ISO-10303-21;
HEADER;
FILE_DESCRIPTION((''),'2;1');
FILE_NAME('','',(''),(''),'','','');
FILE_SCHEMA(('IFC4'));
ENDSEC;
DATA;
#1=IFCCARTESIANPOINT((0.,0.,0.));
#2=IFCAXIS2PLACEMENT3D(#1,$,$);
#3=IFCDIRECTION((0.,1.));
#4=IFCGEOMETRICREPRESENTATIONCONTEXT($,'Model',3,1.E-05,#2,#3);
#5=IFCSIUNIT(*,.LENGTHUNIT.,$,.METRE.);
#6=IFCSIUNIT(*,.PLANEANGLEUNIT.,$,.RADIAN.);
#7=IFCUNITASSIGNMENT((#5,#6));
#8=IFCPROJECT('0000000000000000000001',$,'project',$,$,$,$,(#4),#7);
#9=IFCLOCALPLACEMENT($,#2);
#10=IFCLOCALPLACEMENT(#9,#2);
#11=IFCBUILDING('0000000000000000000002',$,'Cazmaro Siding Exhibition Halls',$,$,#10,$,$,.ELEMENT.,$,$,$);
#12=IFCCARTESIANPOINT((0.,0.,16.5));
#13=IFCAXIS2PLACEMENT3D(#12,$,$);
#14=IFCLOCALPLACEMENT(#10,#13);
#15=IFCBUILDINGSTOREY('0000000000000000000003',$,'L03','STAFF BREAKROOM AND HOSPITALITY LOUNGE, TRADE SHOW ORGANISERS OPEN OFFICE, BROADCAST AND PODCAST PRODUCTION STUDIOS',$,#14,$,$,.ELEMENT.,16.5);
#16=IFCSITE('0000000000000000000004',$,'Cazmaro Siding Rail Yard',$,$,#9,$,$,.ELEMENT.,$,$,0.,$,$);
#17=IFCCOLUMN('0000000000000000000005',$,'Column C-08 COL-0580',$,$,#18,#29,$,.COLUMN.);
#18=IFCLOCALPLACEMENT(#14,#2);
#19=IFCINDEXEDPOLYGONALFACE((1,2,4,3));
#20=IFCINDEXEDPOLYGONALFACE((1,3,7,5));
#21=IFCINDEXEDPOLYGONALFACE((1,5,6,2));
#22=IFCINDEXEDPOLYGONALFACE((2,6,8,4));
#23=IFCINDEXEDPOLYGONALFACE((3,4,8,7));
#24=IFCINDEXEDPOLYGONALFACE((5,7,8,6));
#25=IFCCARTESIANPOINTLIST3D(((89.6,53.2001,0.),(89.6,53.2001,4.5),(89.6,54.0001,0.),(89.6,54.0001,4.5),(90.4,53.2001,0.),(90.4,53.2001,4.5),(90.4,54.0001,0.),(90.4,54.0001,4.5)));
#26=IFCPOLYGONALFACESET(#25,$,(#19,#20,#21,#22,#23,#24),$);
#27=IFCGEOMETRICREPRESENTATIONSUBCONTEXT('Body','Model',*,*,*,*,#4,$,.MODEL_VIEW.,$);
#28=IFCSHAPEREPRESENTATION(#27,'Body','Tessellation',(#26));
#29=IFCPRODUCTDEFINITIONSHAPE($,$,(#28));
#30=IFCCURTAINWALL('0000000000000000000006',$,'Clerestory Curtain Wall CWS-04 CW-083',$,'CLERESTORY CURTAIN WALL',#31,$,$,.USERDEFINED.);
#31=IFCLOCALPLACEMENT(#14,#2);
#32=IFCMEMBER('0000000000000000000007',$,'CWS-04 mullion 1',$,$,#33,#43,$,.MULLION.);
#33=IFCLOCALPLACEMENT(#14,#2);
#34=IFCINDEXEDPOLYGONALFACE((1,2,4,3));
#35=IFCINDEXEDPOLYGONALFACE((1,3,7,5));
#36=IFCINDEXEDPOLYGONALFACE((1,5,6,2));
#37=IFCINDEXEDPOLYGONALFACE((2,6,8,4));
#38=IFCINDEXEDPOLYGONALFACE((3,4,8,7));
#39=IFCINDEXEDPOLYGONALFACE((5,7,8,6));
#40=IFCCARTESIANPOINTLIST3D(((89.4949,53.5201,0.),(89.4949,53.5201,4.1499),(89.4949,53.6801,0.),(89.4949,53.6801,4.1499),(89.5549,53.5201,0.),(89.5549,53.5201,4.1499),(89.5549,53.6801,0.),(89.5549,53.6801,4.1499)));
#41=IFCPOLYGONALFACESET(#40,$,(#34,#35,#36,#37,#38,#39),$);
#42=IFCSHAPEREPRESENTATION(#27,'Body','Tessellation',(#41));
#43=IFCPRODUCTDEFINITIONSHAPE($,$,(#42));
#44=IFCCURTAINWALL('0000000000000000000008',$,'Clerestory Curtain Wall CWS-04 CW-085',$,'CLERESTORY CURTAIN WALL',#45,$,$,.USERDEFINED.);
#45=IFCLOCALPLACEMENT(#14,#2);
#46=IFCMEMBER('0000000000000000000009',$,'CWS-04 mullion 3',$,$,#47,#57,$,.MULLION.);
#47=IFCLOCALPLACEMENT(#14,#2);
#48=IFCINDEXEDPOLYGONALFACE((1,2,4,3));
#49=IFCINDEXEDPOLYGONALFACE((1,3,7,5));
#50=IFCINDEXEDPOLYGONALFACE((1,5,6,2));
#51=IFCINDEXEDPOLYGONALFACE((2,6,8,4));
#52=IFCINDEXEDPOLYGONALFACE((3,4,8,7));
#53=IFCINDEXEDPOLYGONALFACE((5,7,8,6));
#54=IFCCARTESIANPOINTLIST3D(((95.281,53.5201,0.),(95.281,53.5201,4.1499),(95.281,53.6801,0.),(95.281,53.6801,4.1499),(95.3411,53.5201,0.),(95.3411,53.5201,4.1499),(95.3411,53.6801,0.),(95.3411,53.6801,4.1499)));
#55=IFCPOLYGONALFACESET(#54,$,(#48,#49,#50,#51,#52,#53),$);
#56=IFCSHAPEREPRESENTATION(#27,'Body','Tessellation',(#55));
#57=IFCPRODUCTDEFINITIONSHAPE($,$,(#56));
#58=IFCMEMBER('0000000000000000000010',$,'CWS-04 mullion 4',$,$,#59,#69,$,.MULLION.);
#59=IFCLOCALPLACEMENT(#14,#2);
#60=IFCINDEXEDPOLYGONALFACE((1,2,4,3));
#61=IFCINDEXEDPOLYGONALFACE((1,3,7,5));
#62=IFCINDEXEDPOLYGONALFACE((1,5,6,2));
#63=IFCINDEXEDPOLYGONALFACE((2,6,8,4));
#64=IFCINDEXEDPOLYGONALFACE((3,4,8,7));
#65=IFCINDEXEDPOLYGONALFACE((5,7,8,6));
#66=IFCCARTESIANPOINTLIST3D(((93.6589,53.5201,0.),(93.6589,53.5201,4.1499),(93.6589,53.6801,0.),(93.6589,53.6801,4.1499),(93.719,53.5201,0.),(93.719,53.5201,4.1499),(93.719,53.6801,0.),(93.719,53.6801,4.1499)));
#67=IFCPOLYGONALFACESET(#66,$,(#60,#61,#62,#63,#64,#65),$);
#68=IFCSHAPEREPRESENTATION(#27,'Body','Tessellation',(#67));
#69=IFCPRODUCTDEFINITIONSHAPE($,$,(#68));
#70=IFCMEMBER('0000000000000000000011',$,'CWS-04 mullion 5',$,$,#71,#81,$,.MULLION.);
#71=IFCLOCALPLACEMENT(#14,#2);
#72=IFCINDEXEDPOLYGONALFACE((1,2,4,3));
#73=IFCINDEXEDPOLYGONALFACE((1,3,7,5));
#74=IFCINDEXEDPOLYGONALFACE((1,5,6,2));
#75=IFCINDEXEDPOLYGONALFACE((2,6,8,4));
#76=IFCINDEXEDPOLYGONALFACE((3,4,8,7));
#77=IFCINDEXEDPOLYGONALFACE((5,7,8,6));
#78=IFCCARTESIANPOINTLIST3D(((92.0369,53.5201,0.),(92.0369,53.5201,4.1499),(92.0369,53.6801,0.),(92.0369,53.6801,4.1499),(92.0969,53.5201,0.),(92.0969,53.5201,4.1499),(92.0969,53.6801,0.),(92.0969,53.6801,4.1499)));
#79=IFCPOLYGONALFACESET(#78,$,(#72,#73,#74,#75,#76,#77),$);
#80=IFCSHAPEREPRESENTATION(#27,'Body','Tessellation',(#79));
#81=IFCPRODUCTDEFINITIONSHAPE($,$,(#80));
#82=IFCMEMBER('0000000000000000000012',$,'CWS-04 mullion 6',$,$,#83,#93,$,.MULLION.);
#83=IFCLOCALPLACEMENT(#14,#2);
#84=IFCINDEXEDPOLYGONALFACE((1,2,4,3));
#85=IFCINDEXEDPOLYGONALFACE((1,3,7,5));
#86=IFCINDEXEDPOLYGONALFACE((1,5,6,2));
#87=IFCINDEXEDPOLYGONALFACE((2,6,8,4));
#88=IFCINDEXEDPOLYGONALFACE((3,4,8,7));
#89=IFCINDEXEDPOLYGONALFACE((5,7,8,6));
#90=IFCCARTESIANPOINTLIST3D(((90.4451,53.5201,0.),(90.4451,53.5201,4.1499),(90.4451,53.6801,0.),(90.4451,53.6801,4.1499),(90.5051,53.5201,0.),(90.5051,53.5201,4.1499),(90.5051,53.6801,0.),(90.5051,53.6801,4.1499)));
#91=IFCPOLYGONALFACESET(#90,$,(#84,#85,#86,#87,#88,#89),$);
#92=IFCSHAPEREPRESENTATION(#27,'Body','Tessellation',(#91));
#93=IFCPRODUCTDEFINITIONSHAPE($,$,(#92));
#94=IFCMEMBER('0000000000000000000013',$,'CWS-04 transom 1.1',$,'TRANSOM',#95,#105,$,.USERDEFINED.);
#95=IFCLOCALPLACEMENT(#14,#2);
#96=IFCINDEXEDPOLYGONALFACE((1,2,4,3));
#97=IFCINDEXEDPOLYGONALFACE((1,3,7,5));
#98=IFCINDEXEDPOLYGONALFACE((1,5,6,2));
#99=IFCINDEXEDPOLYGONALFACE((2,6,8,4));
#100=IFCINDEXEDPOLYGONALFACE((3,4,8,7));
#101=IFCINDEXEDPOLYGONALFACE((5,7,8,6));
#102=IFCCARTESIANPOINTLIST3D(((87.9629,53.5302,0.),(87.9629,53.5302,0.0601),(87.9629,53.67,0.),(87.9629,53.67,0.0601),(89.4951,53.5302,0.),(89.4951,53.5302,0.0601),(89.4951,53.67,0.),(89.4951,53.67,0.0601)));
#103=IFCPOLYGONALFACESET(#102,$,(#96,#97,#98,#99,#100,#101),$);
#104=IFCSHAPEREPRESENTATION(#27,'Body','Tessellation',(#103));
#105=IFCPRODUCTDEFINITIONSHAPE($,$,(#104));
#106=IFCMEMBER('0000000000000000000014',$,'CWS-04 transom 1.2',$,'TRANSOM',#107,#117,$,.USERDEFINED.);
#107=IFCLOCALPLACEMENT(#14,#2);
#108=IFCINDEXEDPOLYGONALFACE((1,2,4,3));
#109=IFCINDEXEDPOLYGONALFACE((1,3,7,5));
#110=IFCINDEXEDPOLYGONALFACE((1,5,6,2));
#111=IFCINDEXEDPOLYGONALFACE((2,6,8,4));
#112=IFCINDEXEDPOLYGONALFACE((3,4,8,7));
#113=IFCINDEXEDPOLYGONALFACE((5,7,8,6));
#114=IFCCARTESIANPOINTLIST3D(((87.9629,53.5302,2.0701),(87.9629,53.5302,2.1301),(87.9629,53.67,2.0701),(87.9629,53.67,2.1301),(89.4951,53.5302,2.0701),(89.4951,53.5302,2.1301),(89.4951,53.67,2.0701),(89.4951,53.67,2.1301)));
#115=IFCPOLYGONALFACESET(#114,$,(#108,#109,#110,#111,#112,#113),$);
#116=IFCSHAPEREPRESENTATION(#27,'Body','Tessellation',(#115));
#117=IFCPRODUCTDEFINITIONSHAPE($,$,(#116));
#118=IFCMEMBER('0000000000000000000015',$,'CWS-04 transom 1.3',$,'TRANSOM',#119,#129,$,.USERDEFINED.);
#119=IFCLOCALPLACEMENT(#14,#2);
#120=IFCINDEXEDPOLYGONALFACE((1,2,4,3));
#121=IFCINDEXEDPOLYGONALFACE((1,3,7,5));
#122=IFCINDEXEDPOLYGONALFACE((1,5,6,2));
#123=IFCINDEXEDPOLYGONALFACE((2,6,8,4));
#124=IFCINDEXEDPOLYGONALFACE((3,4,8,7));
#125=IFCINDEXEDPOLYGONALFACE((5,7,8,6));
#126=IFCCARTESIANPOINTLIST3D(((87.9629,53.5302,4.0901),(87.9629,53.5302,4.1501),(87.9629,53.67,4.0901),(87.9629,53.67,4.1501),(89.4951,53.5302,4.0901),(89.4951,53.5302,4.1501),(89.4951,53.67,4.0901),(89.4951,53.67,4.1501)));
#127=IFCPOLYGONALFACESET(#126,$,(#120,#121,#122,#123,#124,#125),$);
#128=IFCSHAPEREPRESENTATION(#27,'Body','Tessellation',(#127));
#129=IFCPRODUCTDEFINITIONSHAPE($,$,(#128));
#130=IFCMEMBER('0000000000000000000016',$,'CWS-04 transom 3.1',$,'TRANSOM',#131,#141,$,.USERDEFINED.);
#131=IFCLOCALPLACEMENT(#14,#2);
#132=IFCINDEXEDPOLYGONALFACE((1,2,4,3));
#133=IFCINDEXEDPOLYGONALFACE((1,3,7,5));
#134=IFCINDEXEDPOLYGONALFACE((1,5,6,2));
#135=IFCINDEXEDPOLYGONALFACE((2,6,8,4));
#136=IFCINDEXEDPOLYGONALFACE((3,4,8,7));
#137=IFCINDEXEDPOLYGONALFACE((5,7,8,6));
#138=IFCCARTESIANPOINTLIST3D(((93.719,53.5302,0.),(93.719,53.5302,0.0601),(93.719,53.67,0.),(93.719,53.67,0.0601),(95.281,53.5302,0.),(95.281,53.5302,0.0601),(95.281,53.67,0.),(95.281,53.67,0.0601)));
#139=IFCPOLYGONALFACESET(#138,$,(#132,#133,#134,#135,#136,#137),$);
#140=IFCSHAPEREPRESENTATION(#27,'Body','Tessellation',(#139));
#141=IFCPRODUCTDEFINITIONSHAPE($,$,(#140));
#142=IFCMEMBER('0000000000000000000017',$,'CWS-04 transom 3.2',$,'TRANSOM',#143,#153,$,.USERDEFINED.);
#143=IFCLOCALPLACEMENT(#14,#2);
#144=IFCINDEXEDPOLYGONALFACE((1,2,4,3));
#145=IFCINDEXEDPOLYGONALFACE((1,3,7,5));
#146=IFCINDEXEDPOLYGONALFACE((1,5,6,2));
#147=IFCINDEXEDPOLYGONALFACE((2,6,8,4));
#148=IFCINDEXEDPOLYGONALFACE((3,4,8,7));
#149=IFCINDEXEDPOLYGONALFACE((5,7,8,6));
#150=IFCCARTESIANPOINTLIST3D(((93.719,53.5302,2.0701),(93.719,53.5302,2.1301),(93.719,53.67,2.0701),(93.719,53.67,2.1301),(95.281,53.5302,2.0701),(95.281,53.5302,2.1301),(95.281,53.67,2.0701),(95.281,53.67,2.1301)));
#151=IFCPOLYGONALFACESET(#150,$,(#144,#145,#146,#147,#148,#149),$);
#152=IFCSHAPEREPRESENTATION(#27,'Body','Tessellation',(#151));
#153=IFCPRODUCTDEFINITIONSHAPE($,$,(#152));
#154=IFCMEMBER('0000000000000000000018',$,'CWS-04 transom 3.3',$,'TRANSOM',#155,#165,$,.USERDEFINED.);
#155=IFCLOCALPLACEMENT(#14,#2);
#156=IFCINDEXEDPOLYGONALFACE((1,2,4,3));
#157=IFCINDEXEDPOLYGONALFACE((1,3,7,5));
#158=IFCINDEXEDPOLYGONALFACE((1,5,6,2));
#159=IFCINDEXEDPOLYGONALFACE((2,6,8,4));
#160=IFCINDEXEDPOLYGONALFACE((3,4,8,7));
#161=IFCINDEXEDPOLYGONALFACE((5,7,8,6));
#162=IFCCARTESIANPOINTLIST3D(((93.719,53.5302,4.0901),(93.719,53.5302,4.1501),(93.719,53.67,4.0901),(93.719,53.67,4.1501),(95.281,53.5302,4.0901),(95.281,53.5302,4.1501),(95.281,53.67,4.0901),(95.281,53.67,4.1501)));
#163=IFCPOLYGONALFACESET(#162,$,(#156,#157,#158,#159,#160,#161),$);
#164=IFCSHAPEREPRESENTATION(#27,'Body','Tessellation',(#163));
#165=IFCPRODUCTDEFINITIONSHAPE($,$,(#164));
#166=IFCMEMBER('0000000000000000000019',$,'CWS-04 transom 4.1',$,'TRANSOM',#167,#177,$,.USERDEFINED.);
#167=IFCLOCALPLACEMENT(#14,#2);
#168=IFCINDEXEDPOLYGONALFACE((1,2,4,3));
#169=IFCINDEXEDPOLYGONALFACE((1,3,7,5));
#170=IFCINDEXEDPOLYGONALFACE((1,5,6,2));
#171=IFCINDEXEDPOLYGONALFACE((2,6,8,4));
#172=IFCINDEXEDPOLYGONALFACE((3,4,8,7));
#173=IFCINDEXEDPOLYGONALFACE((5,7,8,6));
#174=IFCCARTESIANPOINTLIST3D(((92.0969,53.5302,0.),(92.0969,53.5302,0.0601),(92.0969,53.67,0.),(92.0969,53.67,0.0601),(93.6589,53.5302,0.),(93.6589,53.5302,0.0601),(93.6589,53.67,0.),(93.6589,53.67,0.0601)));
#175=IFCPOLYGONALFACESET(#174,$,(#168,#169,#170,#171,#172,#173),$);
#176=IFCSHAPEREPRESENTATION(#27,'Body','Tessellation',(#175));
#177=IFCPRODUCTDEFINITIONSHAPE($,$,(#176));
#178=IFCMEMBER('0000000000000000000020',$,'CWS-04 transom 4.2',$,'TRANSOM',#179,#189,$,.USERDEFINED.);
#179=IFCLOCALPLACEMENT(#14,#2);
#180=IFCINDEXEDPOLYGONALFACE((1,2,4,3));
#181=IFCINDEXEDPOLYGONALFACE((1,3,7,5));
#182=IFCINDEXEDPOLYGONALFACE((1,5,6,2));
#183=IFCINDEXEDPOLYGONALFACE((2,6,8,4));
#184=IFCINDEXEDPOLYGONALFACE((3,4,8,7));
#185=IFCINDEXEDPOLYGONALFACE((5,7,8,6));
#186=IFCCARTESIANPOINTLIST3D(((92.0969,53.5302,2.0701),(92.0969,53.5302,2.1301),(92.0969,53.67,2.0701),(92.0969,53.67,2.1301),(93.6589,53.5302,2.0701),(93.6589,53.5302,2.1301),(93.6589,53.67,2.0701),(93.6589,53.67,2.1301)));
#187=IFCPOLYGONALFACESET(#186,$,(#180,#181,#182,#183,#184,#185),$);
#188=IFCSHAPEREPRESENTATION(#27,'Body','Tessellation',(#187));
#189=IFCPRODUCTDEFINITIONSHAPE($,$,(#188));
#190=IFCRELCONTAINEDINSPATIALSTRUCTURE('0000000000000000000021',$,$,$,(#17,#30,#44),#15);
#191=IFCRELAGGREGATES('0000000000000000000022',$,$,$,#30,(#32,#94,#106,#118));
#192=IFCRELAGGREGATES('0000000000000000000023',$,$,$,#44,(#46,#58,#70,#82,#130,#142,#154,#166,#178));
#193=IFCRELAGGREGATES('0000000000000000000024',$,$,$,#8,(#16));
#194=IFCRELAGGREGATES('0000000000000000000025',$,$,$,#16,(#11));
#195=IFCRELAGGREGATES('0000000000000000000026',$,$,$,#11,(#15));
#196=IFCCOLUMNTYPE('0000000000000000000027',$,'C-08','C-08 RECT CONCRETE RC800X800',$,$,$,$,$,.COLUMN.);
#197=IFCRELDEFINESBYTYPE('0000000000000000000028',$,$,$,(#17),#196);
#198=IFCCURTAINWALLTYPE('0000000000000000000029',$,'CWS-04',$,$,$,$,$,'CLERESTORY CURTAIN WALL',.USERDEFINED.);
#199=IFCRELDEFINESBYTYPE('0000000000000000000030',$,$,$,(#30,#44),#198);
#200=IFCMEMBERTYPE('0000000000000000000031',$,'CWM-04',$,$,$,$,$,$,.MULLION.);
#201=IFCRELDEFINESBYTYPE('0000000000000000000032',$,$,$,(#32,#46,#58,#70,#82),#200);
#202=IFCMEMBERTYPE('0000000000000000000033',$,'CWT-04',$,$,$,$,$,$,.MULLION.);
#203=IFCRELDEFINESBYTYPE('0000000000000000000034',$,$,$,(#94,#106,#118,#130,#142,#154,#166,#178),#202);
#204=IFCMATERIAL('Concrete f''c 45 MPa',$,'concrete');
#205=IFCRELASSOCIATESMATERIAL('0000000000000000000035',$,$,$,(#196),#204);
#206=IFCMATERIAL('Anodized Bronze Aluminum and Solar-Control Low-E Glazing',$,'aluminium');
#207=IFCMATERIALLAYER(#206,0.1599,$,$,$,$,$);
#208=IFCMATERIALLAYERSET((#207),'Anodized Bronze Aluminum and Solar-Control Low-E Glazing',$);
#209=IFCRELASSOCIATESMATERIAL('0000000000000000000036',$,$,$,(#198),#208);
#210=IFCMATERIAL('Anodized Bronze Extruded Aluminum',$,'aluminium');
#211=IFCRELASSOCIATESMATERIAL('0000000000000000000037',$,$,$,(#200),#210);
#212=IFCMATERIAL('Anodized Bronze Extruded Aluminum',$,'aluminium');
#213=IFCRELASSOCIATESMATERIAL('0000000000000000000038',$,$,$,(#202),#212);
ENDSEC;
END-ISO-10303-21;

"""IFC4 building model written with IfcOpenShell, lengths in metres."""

from ifc_helpers import new_model, si_unit, direction, frame, origin, origin_2d, place, context, subcontext, project, spatial, rectangle, extrude, material, layer, layer_set, material_profile, profile_set, type_object, element, aggregate, save


model = new_model("IFC4")

# Units and contexts
model_context = context("Model", 3, precision=1e-05, world=origin(), true_north=direction((0.0, 1.0)))
body_context = subcontext(model_context, "Body", "Model", "MODEL_VIEW")
ifc_project = project(units=[si_unit("LENGTHUNIT", "METRE"), si_unit("PLANEANGLEUNIT", "RADIAN")], contexts=[model_context])

# Site, building, storey
site_placement = place(None, origin())
site = spatial("IfcSite", under=ifc_project, at=site_placement, Name="Cazmaro Siding Rail Yard", CompositionType="ELEMENT", RefElevation=0.0)
building_placement = place(site_placement, origin())
building = spatial("IfcBuilding", under=site, at=building_placement, Name="Cazmaro Siding Exhibition Halls", CompositionType="ELEMENT")
storey_placement = place(building_placement, frame((0.0, 0.0, 16.5)))
storey = spatial("IfcBuildingStorey", under=building, at=storey_placement, Name="L03", Description="STAFF BREAKROOM AND HOSPITALITY LOUNGE, TRADE SHOW ORGANISERS OPEN OFFICE, BROADCAST AND PODCAST PRODUCTION STUDIOS", CompositionType="ELEMENT", Elevation=16.5)

# Column
ifc_material_1 = material(Name="Concrete f'c 45 MPa", Category="concrete")
ifc_material_profile_1 = material_profile(ifc_material_1, rectangle(XDim=0.8, YDim=0.8, at=origin_2d()), Name="RC800X800")
ifc_profile_set_1 = profile_set([ifc_material_profile_1], Name="Concrete f'c 45 MPa")
column_type = type_object("IfcColumnType", Name="C-08", Description="C-08 RECT CONCRETE RC800X800", PredefinedType="COLUMN", material=ifc_profile_set_1)
column_placement = place(storey_placement, frame((90.0, 53.6001, 0.0), z_axis=(0.0, 0.0, 1.0), x_axis=(1.0, 0.0, 0.0)))
element("IfcColumn", 1, at=column_placement, inside=storey, type_object=column_type, Name="Column C-08 COL-0580", PredefinedType="COLUMN", context=body_context, shape_type="SweptSolid", body=[
    extrude(rectangle(XDim=0.8, YDim=0.8, at=origin_2d()), origin(), (0.0, 0.0, 1.0), 4.5),
])

# Curtain wall, member
ifc_material_2 = material(Name="Anodized Bronze Aluminum and Solar-Control Low-E Glazing", Category="aluminium")
ifc_layer_1 = layer(ifc_material_2, 0.1599)
ifc_layer_set_1 = layer_set([ifc_layer_1], Name="Anodized Bronze Aluminum and Solar-Control Low-E Glazing")
curtain_wall_type = type_object("IfcCurtainWallType", Name="CWS-04", ElementType="CLERESTORY CURTAIN WALL", PredefinedType="USERDEFINED", material=ifc_layer_set_1)
curtain_wall_1_placement = place(storey_placement, origin())
curtain_wall_1 = element("IfcCurtainWall", 2, at=curtain_wall_1_placement, inside=storey, type_object=curtain_wall_type, Name="Clerestory Curtain Wall CWS-04 CW-083", ObjectType="CLERESTORY CURTAIN WALL", PredefinedType="USERDEFINED")
ifc_material_3 = material(Name="Anodized Bronze Extruded Aluminum", Category="aluminium")
ifc_material_profile_2 = material_profile(ifc_material_3, rectangle(XDim=0.1599, YDim=0.0601, at=origin_2d()), Name="CWM-04")
ifc_profile_set_2 = profile_set([ifc_material_profile_2], Name="Anodized Bronze Extruded Aluminum")
member_type_1 = type_object("IfcMemberType", Name="CWM-04", PredefinedType="MULLION", material=ifc_profile_set_2)
member_1_placement = place(storey_placement, frame((89.5249, 53.6001, 0.0), z_axis=(0.0, 0.0, 1.0), x_axis=(0.0, -1.0, 0.0)))
member_1 = element("IfcMember", 3, at=member_1_placement, type_object=member_type_1, Name="CWS-04 mullion 1", PredefinedType="MULLION", context=body_context, shape_type="SweptSolid", body=[
    extrude(rectangle(XDim=0.1599, YDim=0.0601, at=origin_2d()), origin(), (0.0, 0.0, 1.0), 4.1499),
])

# Curtain wall, members
curtain_wall_2_placement = place(storey_placement, origin())
curtain_wall_2 = element("IfcCurtainWall", 4, at=curtain_wall_2_placement, inside=storey, type_object=curtain_wall_type, Name="Clerestory Curtain Wall CWS-04 CW-085", ObjectType="CLERESTORY CURTAIN WALL", PredefinedType="USERDEFINED")
member_2_placement = place(storey_placement, frame((95.311, 53.6001, 0.0), z_axis=(0.0, 0.0, 1.0), x_axis=(0.0, -1.0, 0.0)))
member_2 = element("IfcMember", 5, at=member_2_placement, type_object=member_type_1, Name="CWS-04 mullion 3", PredefinedType="MULLION", context=body_context, shape_type="SweptSolid", body=[
    extrude(rectangle(XDim=0.1599, YDim=0.0601, at=origin_2d()), origin(), (0.0, 0.0, 1.0), 4.1499),
])
member_3_placement = place(storey_placement, frame((93.689, 53.6001, 0.0), z_axis=(0.0, 0.0, 1.0), x_axis=(0.0, -1.0, 0.0)))
member_3 = element("IfcMember", 6, at=member_3_placement, type_object=member_type_1, Name="CWS-04 mullion 4", PredefinedType="MULLION", context=body_context, shape_type="SweptSolid", body=[
    extrude(rectangle(XDim=0.1599, YDim=0.0601, at=origin_2d()), origin(), (0.0, 0.0, 1.0), 4.1499),
])
member_4_placement = place(storey_placement, frame((92.0669, 53.6001, 0.0), z_axis=(0.0, 0.0, 1.0), x_axis=(0.0, -1.0, 0.0)))
member_4 = element("IfcMember", 7, at=member_4_placement, type_object=member_type_1, Name="CWS-04 mullion 5", PredefinedType="MULLION", context=body_context, shape_type="SweptSolid", body=[
    extrude(rectangle(XDim=0.1599, YDim=0.0601, at=origin_2d()), origin(), (0.0, 0.0, 1.0), 4.1499),
])
member_5_placement = place(storey_placement, frame((90.4751, 53.6001, 0.0), z_axis=(0.0, 0.0, 1.0), x_axis=(0.0, -1.0, 0.0)))
member_5 = element("IfcMember", 8, at=member_5_placement, type_object=member_type_1, Name="CWS-04 mullion 6", PredefinedType="MULLION", context=body_context, shape_type="SweptSolid", body=[
    extrude(rectangle(XDim=0.1599, YDim=0.0601, at=origin_2d()), origin(), (0.0, 0.0, 1.0), 4.1499),
])

# Members
ifc_material_4 = material(Name="Anodized Bronze Extruded Aluminum", Category="aluminium")
ifc_material_profile_3 = material_profile(ifc_material_4, rectangle(XDim=0.1399, YDim=0.0601, at=origin_2d()), Name="CWT-04")
ifc_profile_set_3 = profile_set([ifc_material_profile_3], Name="Anodized Bronze Extruded Aluminum")
member_type_2 = type_object("IfcMemberType", Name="CWT-04", PredefinedType="MULLION", material=ifc_profile_set_3)
member_6_placement = place(storey_placement, frame((89.4951, 53.6001, 0.03), z_axis=(-1.0, 0.0, 0.0), x_axis=(0.0, -1.0, 0.0)))
member_6 = element("IfcMember", 9, at=member_6_placement, type_object=member_type_2, Name="CWS-04 transom 1.1", ObjectType="TRANSOM", PredefinedType="USERDEFINED", context=body_context, shape_type="SweptSolid", body=[
    extrude(rectangle(XDim=0.1399, YDim=0.0601, at=origin_2d()), origin(), (0.0, 0.0, 1.0), 1.5322),
])
member_7_placement = place(storey_placement, frame((89.4951, 53.6001, 2.1001), z_axis=(-1.0, 0.0, 0.0), x_axis=(0.0, -1.0, 0.0)))
member_7 = element("IfcMember", 10, at=member_7_placement, type_object=member_type_2, Name="CWS-04 transom 1.2", ObjectType="TRANSOM", PredefinedType="USERDEFINED", context=body_context, shape_type="SweptSolid", body=[
    extrude(rectangle(XDim=0.1399, YDim=0.0601, at=origin_2d()), origin(), (0.0, 0.0, 1.0), 1.5322),
])
member_8_placement = place(storey_placement, frame((89.4951, 53.6001, 4.1201), z_axis=(-1.0, 0.0, 0.0), x_axis=(0.0, -1.0, 0.0)))
member_8 = element("IfcMember", 11, at=member_8_placement, type_object=member_type_2, Name="CWS-04 transom 1.3", ObjectType="TRANSOM", PredefinedType="USERDEFINED", context=body_context, shape_type="SweptSolid", body=[
    extrude(rectangle(XDim=0.1399, YDim=0.0601, at=origin_2d()), origin(), (0.0, 0.0, 1.0), 1.5322),
])
member_9_placement = place(storey_placement, frame((95.281, 53.6001, 0.03), z_axis=(-1.0, 0.0, 0.0), x_axis=(0.0, -1.0, 0.0)))
member_9 = element("IfcMember", 12, at=member_9_placement, type_object=member_type_2, Name="CWS-04 transom 3.1", ObjectType="TRANSOM", PredefinedType="USERDEFINED", context=body_context, shape_type="SweptSolid", body=[
    extrude(rectangle(XDim=0.1399, YDim=0.0601, at=origin_2d()), origin(), (0.0, 0.0, 1.0), 1.562),
])
member_10_placement = place(storey_placement, frame((95.281, 53.6001, 2.1001), z_axis=(-1.0, 0.0, 0.0), x_axis=(0.0, -1.0, 0.0)))
member_10 = element("IfcMember", 13, at=member_10_placement, type_object=member_type_2, Name="CWS-04 transom 3.2", ObjectType="TRANSOM", PredefinedType="USERDEFINED", context=body_context, shape_type="SweptSolid", body=[
    extrude(rectangle(XDim=0.1399, YDim=0.0601, at=origin_2d()), origin(), (0.0, 0.0, 1.0), 1.562),
])
member_11_placement = place(storey_placement, frame((95.281, 53.6001, 4.1201), z_axis=(-1.0, 0.0, 0.0), x_axis=(0.0, -1.0, 0.0)))
member_11 = element("IfcMember", 14, at=member_11_placement, type_object=member_type_2, Name="CWS-04 transom 3.3", ObjectType="TRANSOM", PredefinedType="USERDEFINED", context=body_context, shape_type="SweptSolid", body=[
    extrude(rectangle(XDim=0.1399, YDim=0.0601, at=origin_2d()), origin(), (0.0, 0.0, 1.0), 1.562),
])
member_12_placement = place(storey_placement, frame((93.6589, 53.6001, 0.03), z_axis=(-1.0, 0.0, 0.0), x_axis=(0.0, -1.0, 0.0)))
member_12 = element("IfcMember", 15, at=member_12_placement, type_object=member_type_2, Name="CWS-04 transom 4.1", ObjectType="TRANSOM", PredefinedType="USERDEFINED", context=body_context, shape_type="SweptSolid", body=[
    extrude(rectangle(XDim=0.1399, YDim=0.0601, at=origin_2d()), origin(), (0.0, 0.0, 1.0), 1.562),
])
member_13_placement = place(storey_placement, frame((93.6589, 53.6001, 2.1001), z_axis=(-1.0, 0.0, 0.0), x_axis=(0.0, -1.0, 0.0)))
member_13 = element("IfcMember", 16, at=member_13_placement, type_object=member_type_2, Name="CWS-04 transom 4.2", ObjectType="TRANSOM", PredefinedType="USERDEFINED", context=body_context, shape_type="SweptSolid", body=[
    extrude(rectangle(XDim=0.1399, YDim=0.0601, at=origin_2d()), origin(), (0.0, 0.0, 1.0), 1.562),
])

aggregate(curtain_wall_1, [member_1, member_6, member_7, member_8])
aggregate(curtain_wall_2, [member_2, member_3, member_4, member_5, member_9, member_10, member_11, member_12, member_13])

save(model, "model.ifc")
